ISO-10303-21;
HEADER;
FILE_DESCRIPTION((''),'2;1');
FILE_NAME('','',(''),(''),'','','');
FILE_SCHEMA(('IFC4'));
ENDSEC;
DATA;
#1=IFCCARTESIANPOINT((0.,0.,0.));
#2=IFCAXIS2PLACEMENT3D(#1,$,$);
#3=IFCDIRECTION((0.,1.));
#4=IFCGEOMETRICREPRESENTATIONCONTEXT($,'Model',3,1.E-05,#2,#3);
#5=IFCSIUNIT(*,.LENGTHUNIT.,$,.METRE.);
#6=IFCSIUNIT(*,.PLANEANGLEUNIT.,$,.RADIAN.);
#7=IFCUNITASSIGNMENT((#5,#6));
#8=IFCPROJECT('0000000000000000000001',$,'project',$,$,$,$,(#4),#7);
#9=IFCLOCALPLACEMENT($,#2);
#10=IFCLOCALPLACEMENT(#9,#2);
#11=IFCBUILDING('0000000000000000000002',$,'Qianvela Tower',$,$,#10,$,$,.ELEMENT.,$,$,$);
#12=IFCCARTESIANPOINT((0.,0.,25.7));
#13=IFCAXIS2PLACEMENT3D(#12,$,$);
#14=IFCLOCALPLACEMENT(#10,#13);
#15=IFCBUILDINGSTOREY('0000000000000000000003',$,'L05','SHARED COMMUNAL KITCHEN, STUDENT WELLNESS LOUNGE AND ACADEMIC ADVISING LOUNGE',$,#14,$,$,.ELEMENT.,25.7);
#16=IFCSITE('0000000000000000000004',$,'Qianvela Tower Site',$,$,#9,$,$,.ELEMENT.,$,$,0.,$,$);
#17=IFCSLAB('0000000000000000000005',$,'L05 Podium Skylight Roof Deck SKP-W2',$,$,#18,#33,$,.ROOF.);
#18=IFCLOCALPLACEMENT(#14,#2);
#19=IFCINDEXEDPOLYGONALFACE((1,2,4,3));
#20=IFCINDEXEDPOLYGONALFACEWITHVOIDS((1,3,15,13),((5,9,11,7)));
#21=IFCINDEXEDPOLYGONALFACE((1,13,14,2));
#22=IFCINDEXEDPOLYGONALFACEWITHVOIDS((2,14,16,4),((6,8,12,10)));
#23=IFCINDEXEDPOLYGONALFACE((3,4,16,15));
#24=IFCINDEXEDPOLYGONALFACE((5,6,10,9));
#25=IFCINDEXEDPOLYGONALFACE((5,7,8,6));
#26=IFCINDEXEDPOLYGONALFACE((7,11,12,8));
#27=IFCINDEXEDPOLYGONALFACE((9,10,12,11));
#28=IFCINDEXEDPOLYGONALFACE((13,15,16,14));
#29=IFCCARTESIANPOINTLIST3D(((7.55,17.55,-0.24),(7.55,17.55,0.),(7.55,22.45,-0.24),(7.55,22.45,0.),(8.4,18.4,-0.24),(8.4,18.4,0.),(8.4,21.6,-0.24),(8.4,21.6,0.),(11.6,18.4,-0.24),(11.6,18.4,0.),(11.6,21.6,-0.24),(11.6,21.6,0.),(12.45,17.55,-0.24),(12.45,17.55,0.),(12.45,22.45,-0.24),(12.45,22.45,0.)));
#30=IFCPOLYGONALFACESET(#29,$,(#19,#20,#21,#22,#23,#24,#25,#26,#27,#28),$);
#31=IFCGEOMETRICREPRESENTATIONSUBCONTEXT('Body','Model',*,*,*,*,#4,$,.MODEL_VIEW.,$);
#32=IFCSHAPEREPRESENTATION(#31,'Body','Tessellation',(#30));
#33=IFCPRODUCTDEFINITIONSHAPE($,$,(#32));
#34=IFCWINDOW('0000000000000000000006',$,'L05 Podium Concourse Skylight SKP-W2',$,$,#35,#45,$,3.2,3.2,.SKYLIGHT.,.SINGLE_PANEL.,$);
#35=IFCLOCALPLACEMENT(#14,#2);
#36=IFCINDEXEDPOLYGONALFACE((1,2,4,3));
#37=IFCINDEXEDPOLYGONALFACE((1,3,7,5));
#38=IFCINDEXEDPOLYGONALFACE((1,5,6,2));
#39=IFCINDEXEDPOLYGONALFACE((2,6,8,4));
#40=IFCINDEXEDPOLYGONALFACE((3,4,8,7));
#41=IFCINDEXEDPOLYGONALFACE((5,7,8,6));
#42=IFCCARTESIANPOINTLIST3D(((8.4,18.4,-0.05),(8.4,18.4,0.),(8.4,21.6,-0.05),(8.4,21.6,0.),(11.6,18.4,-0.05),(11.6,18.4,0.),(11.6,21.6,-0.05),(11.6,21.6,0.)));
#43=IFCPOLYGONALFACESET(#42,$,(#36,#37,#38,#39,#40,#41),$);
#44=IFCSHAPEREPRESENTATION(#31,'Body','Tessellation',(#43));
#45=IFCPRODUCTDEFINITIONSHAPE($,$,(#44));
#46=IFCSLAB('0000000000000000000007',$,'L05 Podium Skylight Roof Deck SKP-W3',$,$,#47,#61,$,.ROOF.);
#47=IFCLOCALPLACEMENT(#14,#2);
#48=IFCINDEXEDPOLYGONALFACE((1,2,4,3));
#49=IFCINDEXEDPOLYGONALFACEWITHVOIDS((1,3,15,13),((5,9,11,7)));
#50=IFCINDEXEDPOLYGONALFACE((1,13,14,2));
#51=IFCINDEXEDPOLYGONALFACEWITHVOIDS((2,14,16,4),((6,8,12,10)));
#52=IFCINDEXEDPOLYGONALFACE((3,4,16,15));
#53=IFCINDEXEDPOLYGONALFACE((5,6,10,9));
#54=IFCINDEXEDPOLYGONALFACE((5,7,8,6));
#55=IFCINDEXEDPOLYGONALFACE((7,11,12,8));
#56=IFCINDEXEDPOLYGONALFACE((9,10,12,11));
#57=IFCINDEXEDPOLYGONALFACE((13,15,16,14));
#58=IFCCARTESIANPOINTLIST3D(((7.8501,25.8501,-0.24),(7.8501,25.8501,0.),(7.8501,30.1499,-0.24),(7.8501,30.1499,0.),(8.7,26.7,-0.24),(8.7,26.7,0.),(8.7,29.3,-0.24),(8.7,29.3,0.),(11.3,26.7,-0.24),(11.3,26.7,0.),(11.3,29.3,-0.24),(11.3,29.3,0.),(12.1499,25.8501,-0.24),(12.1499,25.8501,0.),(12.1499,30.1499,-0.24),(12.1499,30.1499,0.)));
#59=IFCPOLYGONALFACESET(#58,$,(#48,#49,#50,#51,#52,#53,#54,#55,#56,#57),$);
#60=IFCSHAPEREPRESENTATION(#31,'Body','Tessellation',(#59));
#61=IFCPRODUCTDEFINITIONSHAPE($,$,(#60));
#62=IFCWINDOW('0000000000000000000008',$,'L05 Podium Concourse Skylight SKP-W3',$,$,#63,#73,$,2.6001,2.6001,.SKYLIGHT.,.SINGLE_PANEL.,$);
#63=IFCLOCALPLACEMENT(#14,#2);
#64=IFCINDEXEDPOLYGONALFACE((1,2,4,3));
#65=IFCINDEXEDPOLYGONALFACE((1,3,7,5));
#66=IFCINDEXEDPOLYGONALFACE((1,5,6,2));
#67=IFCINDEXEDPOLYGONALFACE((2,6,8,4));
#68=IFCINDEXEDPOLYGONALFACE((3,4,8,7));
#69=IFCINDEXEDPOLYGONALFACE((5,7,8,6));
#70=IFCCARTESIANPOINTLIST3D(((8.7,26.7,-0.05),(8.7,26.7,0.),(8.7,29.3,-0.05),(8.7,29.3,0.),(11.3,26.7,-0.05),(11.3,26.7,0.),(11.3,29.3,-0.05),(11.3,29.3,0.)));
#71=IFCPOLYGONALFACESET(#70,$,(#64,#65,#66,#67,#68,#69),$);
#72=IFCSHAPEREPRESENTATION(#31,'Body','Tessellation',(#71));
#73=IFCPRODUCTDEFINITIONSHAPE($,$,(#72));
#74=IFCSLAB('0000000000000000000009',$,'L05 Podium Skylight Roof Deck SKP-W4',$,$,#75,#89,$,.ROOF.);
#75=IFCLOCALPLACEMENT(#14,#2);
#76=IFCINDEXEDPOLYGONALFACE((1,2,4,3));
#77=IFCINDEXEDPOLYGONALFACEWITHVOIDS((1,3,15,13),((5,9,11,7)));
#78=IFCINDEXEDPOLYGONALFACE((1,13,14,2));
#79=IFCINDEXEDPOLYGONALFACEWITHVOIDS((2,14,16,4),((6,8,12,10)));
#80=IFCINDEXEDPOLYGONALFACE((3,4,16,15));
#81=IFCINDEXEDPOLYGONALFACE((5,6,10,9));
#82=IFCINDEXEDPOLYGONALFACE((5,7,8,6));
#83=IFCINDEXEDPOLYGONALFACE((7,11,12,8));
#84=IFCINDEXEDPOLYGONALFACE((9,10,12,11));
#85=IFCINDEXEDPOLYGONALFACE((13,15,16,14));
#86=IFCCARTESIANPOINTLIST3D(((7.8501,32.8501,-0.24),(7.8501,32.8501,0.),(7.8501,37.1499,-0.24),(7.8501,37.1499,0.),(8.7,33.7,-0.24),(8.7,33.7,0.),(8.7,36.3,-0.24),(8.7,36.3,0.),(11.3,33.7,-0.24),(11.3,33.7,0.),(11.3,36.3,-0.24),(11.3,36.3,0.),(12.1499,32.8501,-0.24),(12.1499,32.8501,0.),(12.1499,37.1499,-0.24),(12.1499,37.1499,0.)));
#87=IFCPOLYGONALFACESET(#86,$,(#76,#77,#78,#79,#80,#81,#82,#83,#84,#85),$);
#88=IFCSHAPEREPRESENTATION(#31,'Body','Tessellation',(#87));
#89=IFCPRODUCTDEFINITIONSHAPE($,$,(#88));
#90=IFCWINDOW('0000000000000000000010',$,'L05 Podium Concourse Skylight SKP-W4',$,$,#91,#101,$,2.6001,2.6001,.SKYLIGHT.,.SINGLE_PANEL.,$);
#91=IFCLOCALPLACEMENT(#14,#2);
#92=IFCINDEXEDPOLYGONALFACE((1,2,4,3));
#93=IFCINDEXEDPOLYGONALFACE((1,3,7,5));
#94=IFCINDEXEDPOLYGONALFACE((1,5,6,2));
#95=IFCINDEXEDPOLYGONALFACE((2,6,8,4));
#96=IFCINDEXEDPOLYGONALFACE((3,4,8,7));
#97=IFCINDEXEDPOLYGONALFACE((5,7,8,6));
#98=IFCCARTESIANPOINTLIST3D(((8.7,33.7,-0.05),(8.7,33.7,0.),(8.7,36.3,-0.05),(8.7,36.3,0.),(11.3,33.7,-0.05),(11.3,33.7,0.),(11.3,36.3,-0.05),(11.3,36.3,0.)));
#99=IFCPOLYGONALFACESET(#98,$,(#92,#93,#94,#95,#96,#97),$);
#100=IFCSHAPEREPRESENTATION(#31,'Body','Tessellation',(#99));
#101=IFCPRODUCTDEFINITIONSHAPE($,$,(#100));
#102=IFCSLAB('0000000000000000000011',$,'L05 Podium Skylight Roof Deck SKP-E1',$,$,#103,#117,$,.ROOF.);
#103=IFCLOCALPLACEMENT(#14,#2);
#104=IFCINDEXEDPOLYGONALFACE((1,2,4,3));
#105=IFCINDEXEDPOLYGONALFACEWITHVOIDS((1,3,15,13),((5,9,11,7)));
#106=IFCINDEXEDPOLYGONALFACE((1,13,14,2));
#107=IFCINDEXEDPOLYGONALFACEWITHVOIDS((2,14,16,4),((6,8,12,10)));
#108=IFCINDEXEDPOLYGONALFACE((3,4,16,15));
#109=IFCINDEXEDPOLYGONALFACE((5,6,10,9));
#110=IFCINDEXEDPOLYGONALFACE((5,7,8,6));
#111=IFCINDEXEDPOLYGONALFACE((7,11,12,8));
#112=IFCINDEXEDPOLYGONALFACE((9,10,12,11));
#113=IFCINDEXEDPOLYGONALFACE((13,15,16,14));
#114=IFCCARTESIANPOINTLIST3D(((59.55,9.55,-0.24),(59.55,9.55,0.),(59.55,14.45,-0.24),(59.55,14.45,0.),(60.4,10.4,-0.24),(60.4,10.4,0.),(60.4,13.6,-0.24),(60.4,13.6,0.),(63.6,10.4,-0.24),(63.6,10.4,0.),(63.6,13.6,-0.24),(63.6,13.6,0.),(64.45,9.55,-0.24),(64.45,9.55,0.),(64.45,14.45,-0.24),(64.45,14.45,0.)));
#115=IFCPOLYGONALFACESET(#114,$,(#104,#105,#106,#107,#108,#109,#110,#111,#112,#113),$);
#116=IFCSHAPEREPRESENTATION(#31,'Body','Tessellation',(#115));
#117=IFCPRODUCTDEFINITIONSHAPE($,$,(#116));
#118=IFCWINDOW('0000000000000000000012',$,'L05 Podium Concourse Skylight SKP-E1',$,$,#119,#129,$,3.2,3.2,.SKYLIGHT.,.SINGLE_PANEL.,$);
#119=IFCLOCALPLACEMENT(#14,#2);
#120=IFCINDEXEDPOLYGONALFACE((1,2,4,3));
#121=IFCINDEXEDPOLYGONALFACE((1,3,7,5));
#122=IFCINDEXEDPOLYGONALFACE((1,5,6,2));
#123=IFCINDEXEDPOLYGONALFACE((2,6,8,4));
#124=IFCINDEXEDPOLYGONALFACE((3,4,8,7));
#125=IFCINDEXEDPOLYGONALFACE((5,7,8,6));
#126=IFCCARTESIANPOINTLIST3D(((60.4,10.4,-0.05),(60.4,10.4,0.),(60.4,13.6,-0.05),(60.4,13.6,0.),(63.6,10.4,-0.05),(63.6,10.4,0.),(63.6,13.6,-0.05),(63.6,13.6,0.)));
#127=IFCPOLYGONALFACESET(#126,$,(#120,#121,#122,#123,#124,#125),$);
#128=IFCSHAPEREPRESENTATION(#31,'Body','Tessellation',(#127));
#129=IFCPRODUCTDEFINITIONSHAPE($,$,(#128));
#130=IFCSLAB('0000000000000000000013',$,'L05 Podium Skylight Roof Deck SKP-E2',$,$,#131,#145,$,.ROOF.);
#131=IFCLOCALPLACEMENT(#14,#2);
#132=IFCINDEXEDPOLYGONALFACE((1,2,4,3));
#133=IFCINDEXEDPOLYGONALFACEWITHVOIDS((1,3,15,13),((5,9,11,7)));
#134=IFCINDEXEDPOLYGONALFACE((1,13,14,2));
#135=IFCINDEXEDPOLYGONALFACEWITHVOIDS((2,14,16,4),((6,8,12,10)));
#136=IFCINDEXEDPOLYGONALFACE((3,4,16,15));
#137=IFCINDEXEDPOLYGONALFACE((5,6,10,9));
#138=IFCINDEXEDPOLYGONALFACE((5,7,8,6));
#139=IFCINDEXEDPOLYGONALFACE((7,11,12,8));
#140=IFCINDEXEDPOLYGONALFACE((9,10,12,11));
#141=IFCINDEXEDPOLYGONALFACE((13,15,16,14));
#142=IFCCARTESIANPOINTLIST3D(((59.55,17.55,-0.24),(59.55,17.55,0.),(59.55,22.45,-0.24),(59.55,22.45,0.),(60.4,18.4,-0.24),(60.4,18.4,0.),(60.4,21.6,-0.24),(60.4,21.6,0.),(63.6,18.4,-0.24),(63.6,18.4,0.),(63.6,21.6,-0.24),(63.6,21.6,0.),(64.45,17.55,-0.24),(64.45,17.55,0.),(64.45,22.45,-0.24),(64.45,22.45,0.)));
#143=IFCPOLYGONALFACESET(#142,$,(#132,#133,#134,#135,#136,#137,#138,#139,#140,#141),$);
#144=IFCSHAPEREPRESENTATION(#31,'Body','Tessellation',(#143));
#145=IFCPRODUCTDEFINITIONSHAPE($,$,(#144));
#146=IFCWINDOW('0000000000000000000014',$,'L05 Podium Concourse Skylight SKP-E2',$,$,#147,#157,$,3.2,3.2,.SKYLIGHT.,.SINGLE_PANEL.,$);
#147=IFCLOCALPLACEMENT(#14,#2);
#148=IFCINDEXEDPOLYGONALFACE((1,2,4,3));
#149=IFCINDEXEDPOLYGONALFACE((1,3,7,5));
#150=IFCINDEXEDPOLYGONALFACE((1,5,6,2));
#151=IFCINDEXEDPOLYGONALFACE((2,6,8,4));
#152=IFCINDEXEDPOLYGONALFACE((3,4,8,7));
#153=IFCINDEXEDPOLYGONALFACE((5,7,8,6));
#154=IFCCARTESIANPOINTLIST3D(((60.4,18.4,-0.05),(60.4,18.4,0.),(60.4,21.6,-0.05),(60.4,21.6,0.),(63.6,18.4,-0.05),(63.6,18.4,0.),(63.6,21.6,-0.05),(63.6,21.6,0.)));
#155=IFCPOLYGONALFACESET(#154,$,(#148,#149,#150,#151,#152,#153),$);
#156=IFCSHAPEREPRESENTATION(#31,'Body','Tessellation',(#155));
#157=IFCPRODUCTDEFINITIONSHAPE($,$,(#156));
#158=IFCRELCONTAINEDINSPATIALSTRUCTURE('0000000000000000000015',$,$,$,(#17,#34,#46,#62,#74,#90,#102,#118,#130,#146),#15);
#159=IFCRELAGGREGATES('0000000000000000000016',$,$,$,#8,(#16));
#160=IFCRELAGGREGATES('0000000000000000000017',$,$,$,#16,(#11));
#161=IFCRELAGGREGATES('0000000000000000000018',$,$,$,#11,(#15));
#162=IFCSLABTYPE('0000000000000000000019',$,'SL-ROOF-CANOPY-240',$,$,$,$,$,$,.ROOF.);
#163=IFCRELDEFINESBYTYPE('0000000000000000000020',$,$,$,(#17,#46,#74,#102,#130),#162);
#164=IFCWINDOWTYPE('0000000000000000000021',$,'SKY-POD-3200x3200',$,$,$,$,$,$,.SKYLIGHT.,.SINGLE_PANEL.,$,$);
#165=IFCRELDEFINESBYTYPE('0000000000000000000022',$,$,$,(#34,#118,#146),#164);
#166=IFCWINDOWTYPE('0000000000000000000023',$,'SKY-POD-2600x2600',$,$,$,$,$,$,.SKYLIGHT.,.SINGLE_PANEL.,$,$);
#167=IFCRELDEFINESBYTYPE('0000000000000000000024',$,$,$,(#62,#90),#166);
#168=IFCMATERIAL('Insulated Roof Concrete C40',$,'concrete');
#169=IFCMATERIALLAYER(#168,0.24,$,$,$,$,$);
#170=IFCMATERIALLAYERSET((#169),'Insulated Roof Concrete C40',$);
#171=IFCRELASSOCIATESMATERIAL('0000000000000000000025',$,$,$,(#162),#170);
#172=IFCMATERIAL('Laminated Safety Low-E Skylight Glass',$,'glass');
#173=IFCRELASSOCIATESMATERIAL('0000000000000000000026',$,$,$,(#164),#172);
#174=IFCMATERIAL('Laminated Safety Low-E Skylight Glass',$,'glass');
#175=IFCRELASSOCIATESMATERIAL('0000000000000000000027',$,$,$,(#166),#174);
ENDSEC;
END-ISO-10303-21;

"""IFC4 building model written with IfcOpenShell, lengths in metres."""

from ifc_helpers import new_model, si_unit, direction, frame, origin, origin_2d, place, context, subcontext, project, spatial, polyline, rectangle, outline, extrude, material, layer, layer_set, type_object, element, fill, save


model = new_model("IFC4")

# Units and contexts
model_context = context("Model", 3, precision=1e-05, world=origin(), true_north=direction((0.0, 1.0)))
body_context = subcontext(model_context, "Body", "Model", "MODEL_VIEW")
ifc_project = project(units=[si_unit("LENGTHUNIT", "METRE"), si_unit("PLANEANGLEUNIT", "RADIAN")], contexts=[model_context])

# Site, building, storey
site_placement = place(None, origin())
site = spatial("IfcSite", under=ifc_project, at=site_placement, Name="Qianvela Tower Site", CompositionType="ELEMENT", RefElevation=0.0)
building_placement = place(site_placement, origin())
building = spatial("IfcBuilding", under=site, at=building_placement, Name="Qianvela Tower", CompositionType="ELEMENT")
storey_placement = place(building_placement, frame((0.0, 0.0, 25.7)))
storey = spatial("IfcBuildingStorey", under=building, at=storey_placement, Name="L05", Description="SHARED COMMUNAL KITCHEN, STUDENT WELLNESS LOUNGE AND ACADEMIC ADVISING LOUNGE", CompositionType="ELEMENT", Elevation=25.7)

# Slabs, openings, windows
ifc_material_1 = material(Name="Insulated Roof Concrete C40", Category="concrete")
ifc_layer_1 = layer(ifc_material_1, 0.24)
ifc_layer_set_1 = layer_set([ifc_layer_1], Name="Insulated Roof Concrete C40")
slab_type_1 = type_object("IfcSlabType", Name="SL-ROOF-CANOPY-240", PredefinedType="ROOF", material=ifc_layer_set_1)
ifc_material_2 = material(Name="Laminated Safety Low-E Skylight Glass", Category="glass")
window_type_1 = type_object("IfcWindowType", Name="SKY-POD-3200x3200", PartitioningType="SINGLE_PANEL", PredefinedType="SKYLIGHT", material=ifc_material_2)
slab_1_placement = place(storey_placement, frame((0.0, 0.0, -0.24)))
slab_1 = element("IfcSlab", 1, at=slab_1_placement, inside=storey, type_object=slab_type_1, Name="L05 Podium Skylight Roof Deck SKP-W2", PredefinedType="ROOF", context=body_context, shape_type="SweptSolid", body=[
    extrude(outline(polyline([(7.55, 17.55), (12.45, 17.55), (12.45, 22.45), (7.55, 22.45), (7.55, 17.55)])), origin(), (0.0, 0.0, 1.0), 0.24),
])
opening_1_placement = place(slab_1_placement, frame((10.0, 20.0, 0.0)))
opening_1 = element("IfcOpeningElement", 2, at=opening_1_placement, cuts=slab_1, PredefinedType="OPENING", context=body_context, shape_type="SweptSolid", body=[
    extrude(rectangle(XDim=3.2, YDim=3.2, at=origin_2d()), origin(), (0.0, 0.0, 1.0), 0.24),
])
window_1_placement = place(opening_1_placement, frame((0.0, 0.0, 0.1899)))
window_1 = element("IfcWindow", 3, at=window_1_placement, inside=storey, type_object=window_type_1, Name="L05 Podium Concourse Skylight SKP-W2", OverallHeight=3.2, OverallWidth=3.2, PartitioningType="SINGLE_PANEL", PredefinedType="SKYLIGHT", context=body_context, shape_type="SweptSolid", body=[
    extrude(rectangle(XDim=3.2, YDim=3.2, at=origin_2d()), origin(), (0.0, 0.0, 1.0), 0.05),
])
fill(opening_1, window_1)
slab_2_placement = place(storey_placement, frame((0.0, 0.0, -0.24)))
slab_2 = element("IfcSlab", 4, at=slab_2_placement, inside=storey, type_object=slab_type_1, Name="L05 Podium Skylight Roof Deck SKP-W3", PredefinedType="ROOF", context=body_context, shape_type="SweptSolid", body=[
    extrude(outline(polyline([(7.8501, 25.8501), (12.1499, 25.8501), (12.1499, 30.1499), (7.8501, 30.1499), (7.8501, 25.8501)])), origin(), (0.0, 0.0, 1.0), 0.24),
])
opening_2_placement = place(slab_2_placement, frame((10.0, 28.0, 0.0)))
opening_2 = element("IfcOpeningElement", 5, at=opening_2_placement, cuts=slab_2, PredefinedType="OPENING", context=body_context, shape_type="SweptSolid", body=[
    extrude(rectangle(XDim=2.6001, YDim=2.6001, at=origin_2d()), origin(), (0.0, 0.0, 1.0), 0.24),
])
ifc_material_3 = material(Name="Laminated Safety Low-E Skylight Glass", Category="glass")
window_type_2 = type_object("IfcWindowType", Name="SKY-POD-2600x2600", PartitioningType="SINGLE_PANEL", PredefinedType="SKYLIGHT", material=ifc_material_3)
window_2_placement = place(opening_2_placement, frame((0.0, 0.0, 0.1899)))
window_2 = element("IfcWindow", 6, at=window_2_placement, inside=storey, type_object=window_type_2, Name="L05 Podium Concourse Skylight SKP-W3", OverallHeight=2.6001, OverallWidth=2.6001, PartitioningType="SINGLE_PANEL", PredefinedType="SKYLIGHT", context=body_context, shape_type="SweptSolid", body=[
    extrude(rectangle(XDim=2.6001, YDim=2.6001, at=origin_2d()), origin(), (0.0, 0.0, 1.0), 0.05),
])
fill(opening_2, window_2)
slab_3_placement = place(storey_placement, frame((0.0, 0.0, -0.24)))
slab_3 = element("IfcSlab", 7, at=slab_3_placement, inside=storey, type_object=slab_type_1, Name="L05 Podium Skylight Roof Deck SKP-W4", PredefinedType="ROOF", context=body_context, shape_type="SweptSolid", body=[
    extrude(outline(polyline([(7.8501, 32.8501), (12.1499, 32.8501), (12.1499, 37.1499), (7.8501, 37.1499), (7.8501, 32.8501)])), origin(), (0.0, 0.0, 1.0), 0.24),
])
opening_3_placement = place(slab_3_placement, frame((10.0, 35.0, 0.0)))
opening_3 = element("IfcOpeningElement", 8, at=opening_3_placement, cuts=slab_3, PredefinedType="OPENING", context=body_context, shape_type="SweptSolid", body=[
    extrude(rectangle(XDim=2.6001, YDim=2.6001, at=origin_2d()), origin(), (0.0, 0.0, 1.0), 0.24),
])
window_3_placement = place(opening_3_placement, frame((0.0, 0.0, 0.1899)))
window_3 = element("IfcWindow", 9, at=window_3_placement, inside=storey, type_object=window_type_2, Name="L05 Podium Concourse Skylight SKP-W4", OverallHeight=2.6001, OverallWidth=2.6001, PartitioningType="SINGLE_PANEL", PredefinedType="SKYLIGHT", context=body_context, shape_type="SweptSolid", body=[
    extrude(rectangle(XDim=2.6001, YDim=2.6001, at=origin_2d()), origin(), (0.0, 0.0, 1.0), 0.05),
])
fill(opening_3, window_3)
slab_4_placement = place(storey_placement, frame((0.0, 0.0, -0.24)))
slab_4 = element("IfcSlab", 10, at=slab_4_placement, inside=storey, type_object=slab_type_1, Name="L05 Podium Skylight Roof Deck SKP-E1", PredefinedType="ROOF", context=body_context, shape_type="SweptSolid", body=[
    extrude(outline(polyline([(59.55, 9.55), (64.45, 9.55), (64.45, 14.45), (59.55, 14.45), (59.55, 9.55)])), origin(), (0.0, 0.0, 1.0), 0.24),
])
opening_4_placement = place(slab_4_placement, frame((62.0, 12.0, 0.0)))
opening_4 = element("IfcOpeningElement", 11, at=opening_4_placement, cuts=slab_4, PredefinedType="OPENING", context=body_context, shape_type="SweptSolid", body=[
    extrude(rectangle(XDim=3.2, YDim=3.2, at=origin_2d()), origin(), (0.0, 0.0, 1.0), 0.24),
])
window_4_placement = place(opening_4_placement, frame((0.0, 0.0, 0.1899)))
window_4 = element("IfcWindow", 12, at=window_4_placement, inside=storey, type_object=window_type_1, Name="L05 Podium Concourse Skylight SKP-E1", OverallHeight=3.2, OverallWidth=3.2, PartitioningType="SINGLE_PANEL", PredefinedType="SKYLIGHT", context=body_context, shape_type="SweptSolid", body=[
    extrude(rectangle(XDim=3.2, YDim=3.2, at=origin_2d()), origin(), (0.0, 0.0, 1.0), 0.05),
])
fill(opening_4, window_4)
slab_5_placement = place(storey_placement, frame((0.0, 0.0, -0.24)))
slab_5 = element("IfcSlab", 13, at=slab_5_placement, inside=storey, type_object=slab_type_1, Name="L05 Podium Skylight Roof Deck SKP-E2", PredefinedType="ROOF", context=body_context, shape_type="SweptSolid", body=[
    extrude(outline(polyline([(59.55, 17.55), (64.45, 17.55), (64.45, 22.45), (59.55, 22.45), (59.55, 17.55)])), origin(), (0.0, 0.0, 1.0), 0.24),
])
opening_5_placement = place(slab_5_placement, frame((62.0, 20.0, 0.0)))
opening_5 = element("IfcOpeningElement", 14, at=opening_5_placement, cuts=slab_5, PredefinedType="OPENING", context=body_context, shape_type="SweptSolid", body=[
    extrude(rectangle(XDim=3.2, YDim=3.2, at=origin_2d()), origin(), (0.0, 0.0, 1.0), 0.24),
])
window_5_placement = place(opening_5_placement, frame((0.0, 0.0, 0.1899)))
window_5 = element("IfcWindow", 15, at=window_5_placement, inside=storey, type_object=window_type_1, Name="L05 Podium Concourse Skylight SKP-E2", OverallHeight=3.2, OverallWidth=3.2, PartitioningType="SINGLE_PANEL", PredefinedType="SKYLIGHT", context=body_context, shape_type="SweptSolid", body=[
    extrude(rectangle(XDim=3.2, YDim=3.2, at=origin_2d()), origin(), (0.0, 0.0, 1.0), 0.05),
])
fill(opening_5, window_5)

save(model, "model.ifc")
